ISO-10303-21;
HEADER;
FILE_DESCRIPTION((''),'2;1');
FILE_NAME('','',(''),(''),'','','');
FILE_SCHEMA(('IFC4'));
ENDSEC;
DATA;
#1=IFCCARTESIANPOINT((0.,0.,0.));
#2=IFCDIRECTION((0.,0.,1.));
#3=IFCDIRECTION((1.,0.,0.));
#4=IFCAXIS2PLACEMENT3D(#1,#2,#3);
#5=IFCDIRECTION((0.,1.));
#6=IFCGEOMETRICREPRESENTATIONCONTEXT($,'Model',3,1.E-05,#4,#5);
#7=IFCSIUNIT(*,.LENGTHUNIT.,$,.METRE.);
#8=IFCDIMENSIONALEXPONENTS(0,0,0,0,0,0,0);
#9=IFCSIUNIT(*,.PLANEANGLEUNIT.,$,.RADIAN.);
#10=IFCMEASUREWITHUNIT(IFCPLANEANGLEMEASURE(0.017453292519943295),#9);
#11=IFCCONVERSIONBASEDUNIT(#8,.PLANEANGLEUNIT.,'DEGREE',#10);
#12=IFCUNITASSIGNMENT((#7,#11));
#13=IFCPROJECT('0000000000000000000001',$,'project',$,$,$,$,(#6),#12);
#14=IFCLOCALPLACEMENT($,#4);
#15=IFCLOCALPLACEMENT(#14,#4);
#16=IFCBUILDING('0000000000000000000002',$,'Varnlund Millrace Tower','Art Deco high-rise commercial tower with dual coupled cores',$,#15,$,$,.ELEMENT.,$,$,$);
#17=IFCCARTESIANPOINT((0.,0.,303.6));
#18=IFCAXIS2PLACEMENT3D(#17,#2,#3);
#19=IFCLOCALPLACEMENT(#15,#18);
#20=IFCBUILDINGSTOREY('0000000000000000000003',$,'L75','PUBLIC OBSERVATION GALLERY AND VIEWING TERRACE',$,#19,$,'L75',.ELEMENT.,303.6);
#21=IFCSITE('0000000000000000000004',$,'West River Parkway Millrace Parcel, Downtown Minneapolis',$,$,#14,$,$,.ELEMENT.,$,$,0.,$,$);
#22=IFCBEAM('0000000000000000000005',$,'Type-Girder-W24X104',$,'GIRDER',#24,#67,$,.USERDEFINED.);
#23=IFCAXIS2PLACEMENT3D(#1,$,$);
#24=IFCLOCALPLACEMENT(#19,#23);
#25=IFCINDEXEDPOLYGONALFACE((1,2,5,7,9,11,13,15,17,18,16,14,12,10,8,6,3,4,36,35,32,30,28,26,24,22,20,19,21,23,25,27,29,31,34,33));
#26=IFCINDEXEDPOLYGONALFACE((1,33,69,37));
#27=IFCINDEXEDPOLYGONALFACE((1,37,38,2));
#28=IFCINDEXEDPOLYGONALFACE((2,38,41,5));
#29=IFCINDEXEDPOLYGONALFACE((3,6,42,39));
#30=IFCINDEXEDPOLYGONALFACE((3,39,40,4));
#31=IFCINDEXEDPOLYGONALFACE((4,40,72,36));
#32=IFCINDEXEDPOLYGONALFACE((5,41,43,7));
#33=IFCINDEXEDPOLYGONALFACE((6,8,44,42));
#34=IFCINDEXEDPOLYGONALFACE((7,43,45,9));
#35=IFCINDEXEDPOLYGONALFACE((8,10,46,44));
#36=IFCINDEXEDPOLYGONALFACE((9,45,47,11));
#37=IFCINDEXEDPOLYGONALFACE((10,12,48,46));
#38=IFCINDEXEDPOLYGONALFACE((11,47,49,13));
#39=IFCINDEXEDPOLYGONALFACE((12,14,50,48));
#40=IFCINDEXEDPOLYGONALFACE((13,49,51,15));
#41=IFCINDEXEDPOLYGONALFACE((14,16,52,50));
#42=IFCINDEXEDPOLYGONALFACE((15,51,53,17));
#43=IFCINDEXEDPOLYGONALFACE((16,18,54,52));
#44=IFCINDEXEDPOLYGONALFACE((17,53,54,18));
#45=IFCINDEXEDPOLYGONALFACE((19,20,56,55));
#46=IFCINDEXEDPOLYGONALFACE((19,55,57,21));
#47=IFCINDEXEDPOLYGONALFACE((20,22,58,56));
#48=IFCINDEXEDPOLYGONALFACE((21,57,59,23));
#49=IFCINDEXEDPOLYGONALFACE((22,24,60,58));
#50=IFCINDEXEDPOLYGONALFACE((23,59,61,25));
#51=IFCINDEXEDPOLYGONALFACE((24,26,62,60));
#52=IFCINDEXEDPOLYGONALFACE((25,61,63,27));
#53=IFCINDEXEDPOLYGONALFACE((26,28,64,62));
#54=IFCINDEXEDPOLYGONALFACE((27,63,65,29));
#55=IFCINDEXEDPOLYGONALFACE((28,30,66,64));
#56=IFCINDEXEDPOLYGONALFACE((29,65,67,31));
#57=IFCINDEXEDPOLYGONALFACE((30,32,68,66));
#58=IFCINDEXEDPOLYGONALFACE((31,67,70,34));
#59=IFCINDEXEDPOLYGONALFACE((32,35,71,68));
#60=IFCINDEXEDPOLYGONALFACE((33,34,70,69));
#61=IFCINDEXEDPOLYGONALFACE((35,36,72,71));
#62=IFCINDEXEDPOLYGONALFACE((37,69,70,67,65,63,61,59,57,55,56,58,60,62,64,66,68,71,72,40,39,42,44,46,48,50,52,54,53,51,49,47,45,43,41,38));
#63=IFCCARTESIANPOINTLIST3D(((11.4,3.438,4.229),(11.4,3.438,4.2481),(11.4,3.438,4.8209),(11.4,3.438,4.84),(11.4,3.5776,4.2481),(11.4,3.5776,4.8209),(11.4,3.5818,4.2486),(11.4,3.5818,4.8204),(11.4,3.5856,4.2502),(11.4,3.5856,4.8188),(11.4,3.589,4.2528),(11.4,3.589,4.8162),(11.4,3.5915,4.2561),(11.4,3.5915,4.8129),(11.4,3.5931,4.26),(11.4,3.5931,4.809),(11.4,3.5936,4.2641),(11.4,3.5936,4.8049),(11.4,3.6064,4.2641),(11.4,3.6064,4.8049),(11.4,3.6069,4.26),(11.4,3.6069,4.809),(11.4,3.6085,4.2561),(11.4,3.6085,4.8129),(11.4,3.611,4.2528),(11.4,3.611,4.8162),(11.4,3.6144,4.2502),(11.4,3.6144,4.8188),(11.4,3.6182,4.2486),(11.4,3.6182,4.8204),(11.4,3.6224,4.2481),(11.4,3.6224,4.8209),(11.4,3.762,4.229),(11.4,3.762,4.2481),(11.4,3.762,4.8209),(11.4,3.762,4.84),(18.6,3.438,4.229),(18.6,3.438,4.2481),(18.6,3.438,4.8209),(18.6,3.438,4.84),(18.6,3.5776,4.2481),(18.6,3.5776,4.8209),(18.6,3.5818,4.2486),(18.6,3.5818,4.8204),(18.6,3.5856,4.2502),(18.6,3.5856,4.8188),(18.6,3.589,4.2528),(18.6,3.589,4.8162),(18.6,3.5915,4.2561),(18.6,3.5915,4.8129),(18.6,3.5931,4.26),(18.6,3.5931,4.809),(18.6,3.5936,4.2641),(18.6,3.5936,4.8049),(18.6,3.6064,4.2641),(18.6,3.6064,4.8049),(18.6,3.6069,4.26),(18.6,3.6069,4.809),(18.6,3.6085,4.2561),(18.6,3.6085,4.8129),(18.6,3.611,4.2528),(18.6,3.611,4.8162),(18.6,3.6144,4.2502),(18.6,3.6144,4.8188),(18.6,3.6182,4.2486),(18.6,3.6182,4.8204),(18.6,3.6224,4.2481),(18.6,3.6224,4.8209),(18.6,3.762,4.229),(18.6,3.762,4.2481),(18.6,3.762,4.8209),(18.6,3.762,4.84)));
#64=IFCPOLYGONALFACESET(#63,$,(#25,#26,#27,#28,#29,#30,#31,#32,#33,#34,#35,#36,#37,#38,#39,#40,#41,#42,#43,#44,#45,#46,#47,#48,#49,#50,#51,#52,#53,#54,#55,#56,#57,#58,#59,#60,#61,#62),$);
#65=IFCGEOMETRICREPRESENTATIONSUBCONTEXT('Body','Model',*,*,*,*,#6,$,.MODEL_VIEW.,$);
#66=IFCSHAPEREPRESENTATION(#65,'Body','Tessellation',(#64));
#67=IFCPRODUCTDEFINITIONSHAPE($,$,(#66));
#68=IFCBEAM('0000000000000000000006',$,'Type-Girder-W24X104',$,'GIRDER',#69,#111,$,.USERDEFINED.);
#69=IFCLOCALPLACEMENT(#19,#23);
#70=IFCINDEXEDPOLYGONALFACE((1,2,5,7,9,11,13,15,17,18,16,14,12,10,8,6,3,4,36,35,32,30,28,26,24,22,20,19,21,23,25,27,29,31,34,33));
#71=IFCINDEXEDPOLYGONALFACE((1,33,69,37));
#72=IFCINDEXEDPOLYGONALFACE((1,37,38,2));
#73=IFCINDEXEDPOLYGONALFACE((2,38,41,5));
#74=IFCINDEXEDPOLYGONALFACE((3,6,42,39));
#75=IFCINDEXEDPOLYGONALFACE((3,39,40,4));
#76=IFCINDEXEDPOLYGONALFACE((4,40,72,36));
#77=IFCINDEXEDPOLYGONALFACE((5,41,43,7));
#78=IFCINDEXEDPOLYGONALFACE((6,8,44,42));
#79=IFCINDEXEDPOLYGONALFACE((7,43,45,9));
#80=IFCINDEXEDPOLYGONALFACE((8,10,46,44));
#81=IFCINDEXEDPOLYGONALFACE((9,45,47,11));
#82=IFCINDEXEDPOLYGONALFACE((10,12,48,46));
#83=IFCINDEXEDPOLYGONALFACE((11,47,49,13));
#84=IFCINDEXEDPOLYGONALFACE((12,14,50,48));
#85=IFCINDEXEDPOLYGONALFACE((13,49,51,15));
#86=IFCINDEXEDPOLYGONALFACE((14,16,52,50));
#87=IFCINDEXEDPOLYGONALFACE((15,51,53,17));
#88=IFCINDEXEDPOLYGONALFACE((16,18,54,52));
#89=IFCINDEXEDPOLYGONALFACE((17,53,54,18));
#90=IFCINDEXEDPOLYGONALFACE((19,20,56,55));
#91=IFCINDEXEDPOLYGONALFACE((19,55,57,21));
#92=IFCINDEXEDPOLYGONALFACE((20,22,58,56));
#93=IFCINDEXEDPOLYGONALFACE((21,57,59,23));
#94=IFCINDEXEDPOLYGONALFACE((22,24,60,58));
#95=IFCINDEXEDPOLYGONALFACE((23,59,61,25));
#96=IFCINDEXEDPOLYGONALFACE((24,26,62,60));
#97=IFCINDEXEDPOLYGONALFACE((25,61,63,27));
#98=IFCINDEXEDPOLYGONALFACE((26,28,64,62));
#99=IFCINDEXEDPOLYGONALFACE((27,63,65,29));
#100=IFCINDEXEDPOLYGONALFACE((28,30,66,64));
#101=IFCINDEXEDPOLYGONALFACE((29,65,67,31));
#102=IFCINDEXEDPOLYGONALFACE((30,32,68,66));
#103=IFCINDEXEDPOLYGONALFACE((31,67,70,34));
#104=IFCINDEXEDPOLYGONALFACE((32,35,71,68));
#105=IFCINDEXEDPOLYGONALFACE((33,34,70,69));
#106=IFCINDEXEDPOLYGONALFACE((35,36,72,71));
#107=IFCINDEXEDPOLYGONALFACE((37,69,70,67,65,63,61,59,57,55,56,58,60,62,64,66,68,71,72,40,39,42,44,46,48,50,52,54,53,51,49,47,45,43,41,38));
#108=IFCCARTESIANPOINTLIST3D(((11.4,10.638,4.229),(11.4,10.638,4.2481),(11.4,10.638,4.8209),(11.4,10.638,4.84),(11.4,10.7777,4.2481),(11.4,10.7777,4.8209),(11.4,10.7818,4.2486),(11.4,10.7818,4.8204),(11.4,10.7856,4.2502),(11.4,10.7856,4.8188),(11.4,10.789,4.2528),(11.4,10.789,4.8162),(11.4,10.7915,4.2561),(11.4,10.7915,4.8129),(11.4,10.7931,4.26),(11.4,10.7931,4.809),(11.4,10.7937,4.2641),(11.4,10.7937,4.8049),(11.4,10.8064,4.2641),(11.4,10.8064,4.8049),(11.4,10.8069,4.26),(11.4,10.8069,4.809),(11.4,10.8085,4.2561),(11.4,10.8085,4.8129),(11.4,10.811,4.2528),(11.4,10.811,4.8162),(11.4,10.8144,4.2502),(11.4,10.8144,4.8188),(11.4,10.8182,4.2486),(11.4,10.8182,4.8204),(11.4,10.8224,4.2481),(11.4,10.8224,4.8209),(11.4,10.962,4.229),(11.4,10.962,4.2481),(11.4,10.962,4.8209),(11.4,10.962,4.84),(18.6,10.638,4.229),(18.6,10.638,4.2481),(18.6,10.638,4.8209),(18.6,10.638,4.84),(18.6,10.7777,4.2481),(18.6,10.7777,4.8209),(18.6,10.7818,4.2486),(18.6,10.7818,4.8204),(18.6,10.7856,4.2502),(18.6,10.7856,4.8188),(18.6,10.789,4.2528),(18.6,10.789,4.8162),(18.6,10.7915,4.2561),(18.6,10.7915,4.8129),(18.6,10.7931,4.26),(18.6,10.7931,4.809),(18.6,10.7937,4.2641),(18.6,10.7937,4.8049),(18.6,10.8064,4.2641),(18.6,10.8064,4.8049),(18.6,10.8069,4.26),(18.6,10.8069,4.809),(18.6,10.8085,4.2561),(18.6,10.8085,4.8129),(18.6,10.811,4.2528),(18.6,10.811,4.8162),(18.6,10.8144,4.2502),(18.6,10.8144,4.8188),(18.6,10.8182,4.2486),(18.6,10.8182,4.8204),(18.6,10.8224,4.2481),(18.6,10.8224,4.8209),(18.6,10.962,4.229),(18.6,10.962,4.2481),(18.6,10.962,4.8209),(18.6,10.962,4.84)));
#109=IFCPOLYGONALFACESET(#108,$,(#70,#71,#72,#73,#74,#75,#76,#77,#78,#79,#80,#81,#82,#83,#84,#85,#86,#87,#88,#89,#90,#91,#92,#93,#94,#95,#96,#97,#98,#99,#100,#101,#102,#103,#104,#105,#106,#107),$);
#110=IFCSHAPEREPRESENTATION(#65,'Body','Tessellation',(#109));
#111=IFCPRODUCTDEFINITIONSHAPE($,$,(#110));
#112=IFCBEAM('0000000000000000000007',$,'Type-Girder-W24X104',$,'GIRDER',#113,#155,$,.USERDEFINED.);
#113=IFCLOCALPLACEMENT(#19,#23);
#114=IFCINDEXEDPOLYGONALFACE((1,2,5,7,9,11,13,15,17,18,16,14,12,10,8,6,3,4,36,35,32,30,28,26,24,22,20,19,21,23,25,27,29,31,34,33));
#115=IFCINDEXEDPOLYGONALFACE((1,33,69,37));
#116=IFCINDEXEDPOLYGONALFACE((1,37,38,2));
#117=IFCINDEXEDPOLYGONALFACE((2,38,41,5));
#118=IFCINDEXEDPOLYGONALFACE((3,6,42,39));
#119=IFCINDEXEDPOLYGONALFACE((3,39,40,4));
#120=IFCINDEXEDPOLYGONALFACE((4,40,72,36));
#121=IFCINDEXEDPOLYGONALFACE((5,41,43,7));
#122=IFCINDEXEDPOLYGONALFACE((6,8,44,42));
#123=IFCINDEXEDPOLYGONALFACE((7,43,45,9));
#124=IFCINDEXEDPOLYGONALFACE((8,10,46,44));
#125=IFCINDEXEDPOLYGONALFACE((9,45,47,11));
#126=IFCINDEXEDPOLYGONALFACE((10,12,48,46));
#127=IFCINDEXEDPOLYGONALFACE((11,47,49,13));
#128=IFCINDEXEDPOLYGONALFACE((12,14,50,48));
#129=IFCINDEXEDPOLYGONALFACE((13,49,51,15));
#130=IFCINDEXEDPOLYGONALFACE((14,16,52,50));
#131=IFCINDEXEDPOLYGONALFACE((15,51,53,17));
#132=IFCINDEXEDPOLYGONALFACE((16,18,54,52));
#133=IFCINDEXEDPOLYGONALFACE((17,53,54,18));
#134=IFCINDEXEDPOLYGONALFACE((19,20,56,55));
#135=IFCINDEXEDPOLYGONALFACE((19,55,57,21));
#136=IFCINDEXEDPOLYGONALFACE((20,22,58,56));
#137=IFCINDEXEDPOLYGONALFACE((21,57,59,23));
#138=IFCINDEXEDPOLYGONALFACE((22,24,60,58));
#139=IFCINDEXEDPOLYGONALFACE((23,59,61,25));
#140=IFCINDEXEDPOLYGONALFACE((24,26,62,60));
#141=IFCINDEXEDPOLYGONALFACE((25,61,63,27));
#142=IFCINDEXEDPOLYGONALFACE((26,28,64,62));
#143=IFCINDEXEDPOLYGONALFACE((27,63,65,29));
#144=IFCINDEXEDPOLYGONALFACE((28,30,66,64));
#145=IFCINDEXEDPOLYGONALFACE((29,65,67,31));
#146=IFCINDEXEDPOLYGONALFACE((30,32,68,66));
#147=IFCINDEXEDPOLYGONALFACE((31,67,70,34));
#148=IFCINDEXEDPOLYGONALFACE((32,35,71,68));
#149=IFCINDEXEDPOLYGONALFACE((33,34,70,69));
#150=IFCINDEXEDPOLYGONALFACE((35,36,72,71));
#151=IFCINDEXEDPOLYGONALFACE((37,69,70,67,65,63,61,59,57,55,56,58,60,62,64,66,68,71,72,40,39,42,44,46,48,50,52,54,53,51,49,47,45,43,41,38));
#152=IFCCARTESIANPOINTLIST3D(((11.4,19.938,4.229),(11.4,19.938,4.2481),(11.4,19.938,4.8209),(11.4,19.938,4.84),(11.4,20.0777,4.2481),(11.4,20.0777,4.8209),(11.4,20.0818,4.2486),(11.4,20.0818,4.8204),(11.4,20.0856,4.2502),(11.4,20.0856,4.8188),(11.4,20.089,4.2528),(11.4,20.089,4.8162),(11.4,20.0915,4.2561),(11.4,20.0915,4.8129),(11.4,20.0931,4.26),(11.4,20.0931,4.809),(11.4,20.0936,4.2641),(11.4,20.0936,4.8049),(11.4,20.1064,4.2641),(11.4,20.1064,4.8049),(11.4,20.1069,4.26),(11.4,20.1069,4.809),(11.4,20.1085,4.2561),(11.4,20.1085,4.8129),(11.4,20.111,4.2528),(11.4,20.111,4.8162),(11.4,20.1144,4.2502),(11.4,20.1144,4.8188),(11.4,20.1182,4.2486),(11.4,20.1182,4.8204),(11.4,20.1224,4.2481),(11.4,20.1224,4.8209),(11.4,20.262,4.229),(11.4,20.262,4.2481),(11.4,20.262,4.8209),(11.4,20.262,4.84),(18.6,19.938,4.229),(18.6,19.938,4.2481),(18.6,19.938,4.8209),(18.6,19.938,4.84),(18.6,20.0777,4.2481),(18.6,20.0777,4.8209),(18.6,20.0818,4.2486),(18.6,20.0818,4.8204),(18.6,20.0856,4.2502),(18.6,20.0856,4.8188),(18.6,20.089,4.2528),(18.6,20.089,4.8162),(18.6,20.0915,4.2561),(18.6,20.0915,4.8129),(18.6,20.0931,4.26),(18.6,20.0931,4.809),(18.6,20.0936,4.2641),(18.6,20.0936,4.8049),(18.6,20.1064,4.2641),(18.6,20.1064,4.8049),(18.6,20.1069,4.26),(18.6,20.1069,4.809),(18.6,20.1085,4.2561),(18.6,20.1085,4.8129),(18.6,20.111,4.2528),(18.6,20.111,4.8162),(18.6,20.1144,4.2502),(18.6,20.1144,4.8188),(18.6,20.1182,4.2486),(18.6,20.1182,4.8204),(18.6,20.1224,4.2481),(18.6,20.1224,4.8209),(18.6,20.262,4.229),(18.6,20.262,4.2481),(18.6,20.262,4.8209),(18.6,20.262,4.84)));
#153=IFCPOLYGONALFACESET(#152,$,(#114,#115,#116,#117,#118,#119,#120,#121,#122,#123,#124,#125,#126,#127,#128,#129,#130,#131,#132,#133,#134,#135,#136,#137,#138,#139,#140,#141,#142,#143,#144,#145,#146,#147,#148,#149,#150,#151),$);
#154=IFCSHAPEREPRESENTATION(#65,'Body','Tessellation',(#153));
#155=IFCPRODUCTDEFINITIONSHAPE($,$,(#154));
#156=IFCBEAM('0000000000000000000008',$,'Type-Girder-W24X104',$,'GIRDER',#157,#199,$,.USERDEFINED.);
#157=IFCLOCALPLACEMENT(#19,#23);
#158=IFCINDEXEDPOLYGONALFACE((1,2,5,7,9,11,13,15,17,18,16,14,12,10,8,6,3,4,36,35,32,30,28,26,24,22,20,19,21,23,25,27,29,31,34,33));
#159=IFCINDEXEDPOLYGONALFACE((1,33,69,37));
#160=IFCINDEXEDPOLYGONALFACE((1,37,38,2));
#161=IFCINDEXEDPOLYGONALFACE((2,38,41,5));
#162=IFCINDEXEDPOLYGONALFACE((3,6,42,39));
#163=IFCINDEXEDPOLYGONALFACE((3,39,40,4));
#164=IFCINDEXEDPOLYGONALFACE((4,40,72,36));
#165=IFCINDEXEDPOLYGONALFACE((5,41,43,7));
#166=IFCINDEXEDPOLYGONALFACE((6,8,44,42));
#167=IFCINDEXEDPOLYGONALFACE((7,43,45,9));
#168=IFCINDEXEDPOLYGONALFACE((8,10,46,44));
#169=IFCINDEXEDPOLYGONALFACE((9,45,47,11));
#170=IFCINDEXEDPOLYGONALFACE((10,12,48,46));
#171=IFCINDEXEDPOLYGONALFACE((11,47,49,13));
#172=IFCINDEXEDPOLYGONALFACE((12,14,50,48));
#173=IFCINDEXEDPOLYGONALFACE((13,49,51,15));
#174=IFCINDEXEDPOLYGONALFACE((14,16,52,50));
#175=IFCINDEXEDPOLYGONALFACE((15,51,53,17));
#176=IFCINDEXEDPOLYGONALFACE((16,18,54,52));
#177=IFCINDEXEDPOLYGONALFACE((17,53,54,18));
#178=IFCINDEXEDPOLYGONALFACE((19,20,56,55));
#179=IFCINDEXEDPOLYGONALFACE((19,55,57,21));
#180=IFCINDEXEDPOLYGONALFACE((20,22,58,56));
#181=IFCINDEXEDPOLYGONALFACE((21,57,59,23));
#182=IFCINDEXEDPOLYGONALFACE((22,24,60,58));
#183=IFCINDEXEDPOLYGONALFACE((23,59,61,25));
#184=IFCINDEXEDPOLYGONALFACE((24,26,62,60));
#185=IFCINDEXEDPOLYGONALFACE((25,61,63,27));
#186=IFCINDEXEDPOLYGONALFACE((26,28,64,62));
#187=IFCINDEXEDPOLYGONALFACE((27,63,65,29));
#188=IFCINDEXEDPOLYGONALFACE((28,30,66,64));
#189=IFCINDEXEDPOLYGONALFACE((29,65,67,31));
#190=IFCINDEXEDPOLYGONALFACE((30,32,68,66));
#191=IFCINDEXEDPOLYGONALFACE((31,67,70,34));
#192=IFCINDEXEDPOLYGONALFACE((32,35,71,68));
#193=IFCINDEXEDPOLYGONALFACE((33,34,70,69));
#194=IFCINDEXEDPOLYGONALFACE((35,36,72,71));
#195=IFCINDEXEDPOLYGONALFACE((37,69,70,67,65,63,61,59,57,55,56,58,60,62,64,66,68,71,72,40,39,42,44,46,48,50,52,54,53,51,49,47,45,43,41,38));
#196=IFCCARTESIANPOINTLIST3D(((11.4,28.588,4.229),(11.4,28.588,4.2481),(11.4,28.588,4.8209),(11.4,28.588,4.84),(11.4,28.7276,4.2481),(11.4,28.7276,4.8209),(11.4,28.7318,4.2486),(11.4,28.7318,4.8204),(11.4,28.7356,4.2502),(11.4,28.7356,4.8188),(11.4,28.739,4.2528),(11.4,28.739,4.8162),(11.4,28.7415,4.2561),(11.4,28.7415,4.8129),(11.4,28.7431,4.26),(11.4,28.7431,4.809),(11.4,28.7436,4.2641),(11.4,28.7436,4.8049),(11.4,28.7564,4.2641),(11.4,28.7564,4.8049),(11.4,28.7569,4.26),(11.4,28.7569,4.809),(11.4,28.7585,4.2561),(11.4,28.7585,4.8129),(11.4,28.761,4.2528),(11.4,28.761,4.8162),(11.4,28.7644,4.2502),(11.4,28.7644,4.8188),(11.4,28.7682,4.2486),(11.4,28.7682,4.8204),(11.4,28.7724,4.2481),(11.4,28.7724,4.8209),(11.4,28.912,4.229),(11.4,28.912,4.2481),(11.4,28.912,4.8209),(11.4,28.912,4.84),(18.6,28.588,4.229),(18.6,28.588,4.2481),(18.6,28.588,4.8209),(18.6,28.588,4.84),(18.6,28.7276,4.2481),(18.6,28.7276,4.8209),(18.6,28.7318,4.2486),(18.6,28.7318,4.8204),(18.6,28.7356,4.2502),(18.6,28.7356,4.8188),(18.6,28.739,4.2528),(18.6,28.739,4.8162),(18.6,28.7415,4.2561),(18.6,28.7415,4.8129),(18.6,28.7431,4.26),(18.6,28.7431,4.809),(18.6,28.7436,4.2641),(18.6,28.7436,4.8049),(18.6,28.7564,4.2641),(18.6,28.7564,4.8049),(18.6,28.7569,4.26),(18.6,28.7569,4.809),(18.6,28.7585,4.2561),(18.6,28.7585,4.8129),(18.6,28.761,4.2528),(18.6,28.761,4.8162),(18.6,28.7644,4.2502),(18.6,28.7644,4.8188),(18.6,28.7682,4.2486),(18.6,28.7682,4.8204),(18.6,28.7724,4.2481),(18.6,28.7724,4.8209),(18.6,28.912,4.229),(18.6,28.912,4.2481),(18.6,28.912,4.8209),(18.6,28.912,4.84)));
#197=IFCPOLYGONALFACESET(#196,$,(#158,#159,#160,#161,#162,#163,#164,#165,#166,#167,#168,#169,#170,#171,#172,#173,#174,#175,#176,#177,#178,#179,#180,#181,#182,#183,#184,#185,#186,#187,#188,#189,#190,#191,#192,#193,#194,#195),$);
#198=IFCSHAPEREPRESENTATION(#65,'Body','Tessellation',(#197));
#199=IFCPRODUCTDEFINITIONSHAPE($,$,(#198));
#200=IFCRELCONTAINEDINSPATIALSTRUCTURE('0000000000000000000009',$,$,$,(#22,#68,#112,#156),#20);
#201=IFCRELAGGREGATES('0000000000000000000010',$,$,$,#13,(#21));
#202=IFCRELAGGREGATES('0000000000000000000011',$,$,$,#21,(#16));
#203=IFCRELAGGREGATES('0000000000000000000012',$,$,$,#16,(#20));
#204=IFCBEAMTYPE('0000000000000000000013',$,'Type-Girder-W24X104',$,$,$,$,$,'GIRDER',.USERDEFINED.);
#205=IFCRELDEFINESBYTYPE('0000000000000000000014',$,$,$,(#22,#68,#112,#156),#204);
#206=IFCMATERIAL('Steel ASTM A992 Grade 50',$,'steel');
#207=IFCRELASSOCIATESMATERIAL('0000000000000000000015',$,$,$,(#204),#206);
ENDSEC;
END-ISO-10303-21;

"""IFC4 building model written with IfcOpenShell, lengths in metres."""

from ifc_helpers import new_model, entity, si_unit, converted_unit, direction, frame, origin_with_axes, origin_2d_with_axis, place, context, subcontext, project, spatial, i_section, extrude, material, material_profile, profile_set, type_object, element, save


model = new_model("IFC4")

# Units and contexts
model_context = context("Model", 3, precision=1e-05, world=origin_with_axes(), true_north=direction((0.0, 1.0)))
body_context = subcontext(model_context, "Body", "Model", "MODEL_VIEW")
ifc_project = project(units=[si_unit("LENGTHUNIT", "METRE"), converted_unit("PLANEANGLEUNIT", "DEGREE", entity("IfcPlaneAngleMeasure", 0.017453292519943295), si_unit("PLANEANGLEUNIT", "RADIAN"), dimensions=[0, 0, 0, 0, 0, 0, 0])], contexts=[model_context])

# Site, building, storey
site_placement = place(None, origin_with_axes())
site = spatial("IfcSite", under=ifc_project, at=site_placement, Name="West River Parkway Millrace Parcel, Downtown Minneapolis", CompositionType="ELEMENT", RefElevation=0.0)
building_placement = place(site_placement, origin_with_axes())
building = spatial("IfcBuilding", under=site, at=building_placement, Name="Varnlund Millrace Tower", Description="Art Deco high-rise commercial tower with dual coupled cores", CompositionType="ELEMENT")
storey_placement = place(building_placement, frame((0.0, 0.0, 303.6), z_axis=(0.0, 0.0, 1.0), x_axis=(1.0, 0.0, 0.0)))
storey = spatial("IfcBuildingStorey", under=building, at=storey_placement, Name="L75", Description="PUBLIC OBSERVATION GALLERY AND VIEWING TERRACE", LongName="L75", CompositionType="ELEMENT", Elevation=303.6)

# Beams
ifc_material_1 = material(Name="Steel ASTM A992 Grade 50", Category="steel")
ifc_material_profile_1 = material_profile(ifc_material_1, i_section(OverallWidth=0.324, OverallDepth=0.611, WebThickness=0.0127, FlangeThickness=0.0191, FilletRadius=0.016, at=origin_2d_with_axis()), Name="Steel ASTM A992 Grade 50")
ifc_profile_set_1 = profile_set([ifc_material_profile_1], Name="Steel ASTM A992 Grade 50")
beam_type_1 = type_object("IfcBeamType", Name="Type-Girder-W24X104", ElementType="GIRDER", PredefinedType="USERDEFINED", material=ifc_profile_set_1)
for number, where, z_axis, x_axis, name in (
    (1, (11.4, 3.6, 4.5345), (1.0, 0.0, 0.0), (0.0, 1.0, 0.0), "Type-Girder-W24X104"),
    (2, (11.4, 10.8, 4.5345), (1.0, 0.0, 0.0), (0.0, 1.0, 0.0), "Type-Girder-W24X104"),
    (3, (11.4, 20.1, 4.5345), (1.0, 0.0, 0.0), (0.0, 1.0, 0.0), "Type-Girder-W24X104"),
    (4, (11.4, 28.75, 4.5345), (1.0, 0.0, 0.0), (0.0, 1.0, 0.0), "Type-Girder-W24X104"),
):
    element("IfcBeam", number, at=place(storey_placement, frame(where, z_axis=z_axis, x_axis=x_axis)), inside=storey, type_object=beam_type_1, Name=name, ObjectType="GIRDER", PredefinedType="USERDEFINED", context=body_context, shape_type="SweptSolid", body=[
        extrude(i_section(OverallWidth=0.324, OverallDepth=0.611, WebThickness=0.0127, FlangeThickness=0.0191, FilletRadius=0.016, at=origin_2d_with_axis()), origin_with_axes(), (0.0, 0.0, 1.0), 7.2),
    ])

save(model, "model.ifc")
